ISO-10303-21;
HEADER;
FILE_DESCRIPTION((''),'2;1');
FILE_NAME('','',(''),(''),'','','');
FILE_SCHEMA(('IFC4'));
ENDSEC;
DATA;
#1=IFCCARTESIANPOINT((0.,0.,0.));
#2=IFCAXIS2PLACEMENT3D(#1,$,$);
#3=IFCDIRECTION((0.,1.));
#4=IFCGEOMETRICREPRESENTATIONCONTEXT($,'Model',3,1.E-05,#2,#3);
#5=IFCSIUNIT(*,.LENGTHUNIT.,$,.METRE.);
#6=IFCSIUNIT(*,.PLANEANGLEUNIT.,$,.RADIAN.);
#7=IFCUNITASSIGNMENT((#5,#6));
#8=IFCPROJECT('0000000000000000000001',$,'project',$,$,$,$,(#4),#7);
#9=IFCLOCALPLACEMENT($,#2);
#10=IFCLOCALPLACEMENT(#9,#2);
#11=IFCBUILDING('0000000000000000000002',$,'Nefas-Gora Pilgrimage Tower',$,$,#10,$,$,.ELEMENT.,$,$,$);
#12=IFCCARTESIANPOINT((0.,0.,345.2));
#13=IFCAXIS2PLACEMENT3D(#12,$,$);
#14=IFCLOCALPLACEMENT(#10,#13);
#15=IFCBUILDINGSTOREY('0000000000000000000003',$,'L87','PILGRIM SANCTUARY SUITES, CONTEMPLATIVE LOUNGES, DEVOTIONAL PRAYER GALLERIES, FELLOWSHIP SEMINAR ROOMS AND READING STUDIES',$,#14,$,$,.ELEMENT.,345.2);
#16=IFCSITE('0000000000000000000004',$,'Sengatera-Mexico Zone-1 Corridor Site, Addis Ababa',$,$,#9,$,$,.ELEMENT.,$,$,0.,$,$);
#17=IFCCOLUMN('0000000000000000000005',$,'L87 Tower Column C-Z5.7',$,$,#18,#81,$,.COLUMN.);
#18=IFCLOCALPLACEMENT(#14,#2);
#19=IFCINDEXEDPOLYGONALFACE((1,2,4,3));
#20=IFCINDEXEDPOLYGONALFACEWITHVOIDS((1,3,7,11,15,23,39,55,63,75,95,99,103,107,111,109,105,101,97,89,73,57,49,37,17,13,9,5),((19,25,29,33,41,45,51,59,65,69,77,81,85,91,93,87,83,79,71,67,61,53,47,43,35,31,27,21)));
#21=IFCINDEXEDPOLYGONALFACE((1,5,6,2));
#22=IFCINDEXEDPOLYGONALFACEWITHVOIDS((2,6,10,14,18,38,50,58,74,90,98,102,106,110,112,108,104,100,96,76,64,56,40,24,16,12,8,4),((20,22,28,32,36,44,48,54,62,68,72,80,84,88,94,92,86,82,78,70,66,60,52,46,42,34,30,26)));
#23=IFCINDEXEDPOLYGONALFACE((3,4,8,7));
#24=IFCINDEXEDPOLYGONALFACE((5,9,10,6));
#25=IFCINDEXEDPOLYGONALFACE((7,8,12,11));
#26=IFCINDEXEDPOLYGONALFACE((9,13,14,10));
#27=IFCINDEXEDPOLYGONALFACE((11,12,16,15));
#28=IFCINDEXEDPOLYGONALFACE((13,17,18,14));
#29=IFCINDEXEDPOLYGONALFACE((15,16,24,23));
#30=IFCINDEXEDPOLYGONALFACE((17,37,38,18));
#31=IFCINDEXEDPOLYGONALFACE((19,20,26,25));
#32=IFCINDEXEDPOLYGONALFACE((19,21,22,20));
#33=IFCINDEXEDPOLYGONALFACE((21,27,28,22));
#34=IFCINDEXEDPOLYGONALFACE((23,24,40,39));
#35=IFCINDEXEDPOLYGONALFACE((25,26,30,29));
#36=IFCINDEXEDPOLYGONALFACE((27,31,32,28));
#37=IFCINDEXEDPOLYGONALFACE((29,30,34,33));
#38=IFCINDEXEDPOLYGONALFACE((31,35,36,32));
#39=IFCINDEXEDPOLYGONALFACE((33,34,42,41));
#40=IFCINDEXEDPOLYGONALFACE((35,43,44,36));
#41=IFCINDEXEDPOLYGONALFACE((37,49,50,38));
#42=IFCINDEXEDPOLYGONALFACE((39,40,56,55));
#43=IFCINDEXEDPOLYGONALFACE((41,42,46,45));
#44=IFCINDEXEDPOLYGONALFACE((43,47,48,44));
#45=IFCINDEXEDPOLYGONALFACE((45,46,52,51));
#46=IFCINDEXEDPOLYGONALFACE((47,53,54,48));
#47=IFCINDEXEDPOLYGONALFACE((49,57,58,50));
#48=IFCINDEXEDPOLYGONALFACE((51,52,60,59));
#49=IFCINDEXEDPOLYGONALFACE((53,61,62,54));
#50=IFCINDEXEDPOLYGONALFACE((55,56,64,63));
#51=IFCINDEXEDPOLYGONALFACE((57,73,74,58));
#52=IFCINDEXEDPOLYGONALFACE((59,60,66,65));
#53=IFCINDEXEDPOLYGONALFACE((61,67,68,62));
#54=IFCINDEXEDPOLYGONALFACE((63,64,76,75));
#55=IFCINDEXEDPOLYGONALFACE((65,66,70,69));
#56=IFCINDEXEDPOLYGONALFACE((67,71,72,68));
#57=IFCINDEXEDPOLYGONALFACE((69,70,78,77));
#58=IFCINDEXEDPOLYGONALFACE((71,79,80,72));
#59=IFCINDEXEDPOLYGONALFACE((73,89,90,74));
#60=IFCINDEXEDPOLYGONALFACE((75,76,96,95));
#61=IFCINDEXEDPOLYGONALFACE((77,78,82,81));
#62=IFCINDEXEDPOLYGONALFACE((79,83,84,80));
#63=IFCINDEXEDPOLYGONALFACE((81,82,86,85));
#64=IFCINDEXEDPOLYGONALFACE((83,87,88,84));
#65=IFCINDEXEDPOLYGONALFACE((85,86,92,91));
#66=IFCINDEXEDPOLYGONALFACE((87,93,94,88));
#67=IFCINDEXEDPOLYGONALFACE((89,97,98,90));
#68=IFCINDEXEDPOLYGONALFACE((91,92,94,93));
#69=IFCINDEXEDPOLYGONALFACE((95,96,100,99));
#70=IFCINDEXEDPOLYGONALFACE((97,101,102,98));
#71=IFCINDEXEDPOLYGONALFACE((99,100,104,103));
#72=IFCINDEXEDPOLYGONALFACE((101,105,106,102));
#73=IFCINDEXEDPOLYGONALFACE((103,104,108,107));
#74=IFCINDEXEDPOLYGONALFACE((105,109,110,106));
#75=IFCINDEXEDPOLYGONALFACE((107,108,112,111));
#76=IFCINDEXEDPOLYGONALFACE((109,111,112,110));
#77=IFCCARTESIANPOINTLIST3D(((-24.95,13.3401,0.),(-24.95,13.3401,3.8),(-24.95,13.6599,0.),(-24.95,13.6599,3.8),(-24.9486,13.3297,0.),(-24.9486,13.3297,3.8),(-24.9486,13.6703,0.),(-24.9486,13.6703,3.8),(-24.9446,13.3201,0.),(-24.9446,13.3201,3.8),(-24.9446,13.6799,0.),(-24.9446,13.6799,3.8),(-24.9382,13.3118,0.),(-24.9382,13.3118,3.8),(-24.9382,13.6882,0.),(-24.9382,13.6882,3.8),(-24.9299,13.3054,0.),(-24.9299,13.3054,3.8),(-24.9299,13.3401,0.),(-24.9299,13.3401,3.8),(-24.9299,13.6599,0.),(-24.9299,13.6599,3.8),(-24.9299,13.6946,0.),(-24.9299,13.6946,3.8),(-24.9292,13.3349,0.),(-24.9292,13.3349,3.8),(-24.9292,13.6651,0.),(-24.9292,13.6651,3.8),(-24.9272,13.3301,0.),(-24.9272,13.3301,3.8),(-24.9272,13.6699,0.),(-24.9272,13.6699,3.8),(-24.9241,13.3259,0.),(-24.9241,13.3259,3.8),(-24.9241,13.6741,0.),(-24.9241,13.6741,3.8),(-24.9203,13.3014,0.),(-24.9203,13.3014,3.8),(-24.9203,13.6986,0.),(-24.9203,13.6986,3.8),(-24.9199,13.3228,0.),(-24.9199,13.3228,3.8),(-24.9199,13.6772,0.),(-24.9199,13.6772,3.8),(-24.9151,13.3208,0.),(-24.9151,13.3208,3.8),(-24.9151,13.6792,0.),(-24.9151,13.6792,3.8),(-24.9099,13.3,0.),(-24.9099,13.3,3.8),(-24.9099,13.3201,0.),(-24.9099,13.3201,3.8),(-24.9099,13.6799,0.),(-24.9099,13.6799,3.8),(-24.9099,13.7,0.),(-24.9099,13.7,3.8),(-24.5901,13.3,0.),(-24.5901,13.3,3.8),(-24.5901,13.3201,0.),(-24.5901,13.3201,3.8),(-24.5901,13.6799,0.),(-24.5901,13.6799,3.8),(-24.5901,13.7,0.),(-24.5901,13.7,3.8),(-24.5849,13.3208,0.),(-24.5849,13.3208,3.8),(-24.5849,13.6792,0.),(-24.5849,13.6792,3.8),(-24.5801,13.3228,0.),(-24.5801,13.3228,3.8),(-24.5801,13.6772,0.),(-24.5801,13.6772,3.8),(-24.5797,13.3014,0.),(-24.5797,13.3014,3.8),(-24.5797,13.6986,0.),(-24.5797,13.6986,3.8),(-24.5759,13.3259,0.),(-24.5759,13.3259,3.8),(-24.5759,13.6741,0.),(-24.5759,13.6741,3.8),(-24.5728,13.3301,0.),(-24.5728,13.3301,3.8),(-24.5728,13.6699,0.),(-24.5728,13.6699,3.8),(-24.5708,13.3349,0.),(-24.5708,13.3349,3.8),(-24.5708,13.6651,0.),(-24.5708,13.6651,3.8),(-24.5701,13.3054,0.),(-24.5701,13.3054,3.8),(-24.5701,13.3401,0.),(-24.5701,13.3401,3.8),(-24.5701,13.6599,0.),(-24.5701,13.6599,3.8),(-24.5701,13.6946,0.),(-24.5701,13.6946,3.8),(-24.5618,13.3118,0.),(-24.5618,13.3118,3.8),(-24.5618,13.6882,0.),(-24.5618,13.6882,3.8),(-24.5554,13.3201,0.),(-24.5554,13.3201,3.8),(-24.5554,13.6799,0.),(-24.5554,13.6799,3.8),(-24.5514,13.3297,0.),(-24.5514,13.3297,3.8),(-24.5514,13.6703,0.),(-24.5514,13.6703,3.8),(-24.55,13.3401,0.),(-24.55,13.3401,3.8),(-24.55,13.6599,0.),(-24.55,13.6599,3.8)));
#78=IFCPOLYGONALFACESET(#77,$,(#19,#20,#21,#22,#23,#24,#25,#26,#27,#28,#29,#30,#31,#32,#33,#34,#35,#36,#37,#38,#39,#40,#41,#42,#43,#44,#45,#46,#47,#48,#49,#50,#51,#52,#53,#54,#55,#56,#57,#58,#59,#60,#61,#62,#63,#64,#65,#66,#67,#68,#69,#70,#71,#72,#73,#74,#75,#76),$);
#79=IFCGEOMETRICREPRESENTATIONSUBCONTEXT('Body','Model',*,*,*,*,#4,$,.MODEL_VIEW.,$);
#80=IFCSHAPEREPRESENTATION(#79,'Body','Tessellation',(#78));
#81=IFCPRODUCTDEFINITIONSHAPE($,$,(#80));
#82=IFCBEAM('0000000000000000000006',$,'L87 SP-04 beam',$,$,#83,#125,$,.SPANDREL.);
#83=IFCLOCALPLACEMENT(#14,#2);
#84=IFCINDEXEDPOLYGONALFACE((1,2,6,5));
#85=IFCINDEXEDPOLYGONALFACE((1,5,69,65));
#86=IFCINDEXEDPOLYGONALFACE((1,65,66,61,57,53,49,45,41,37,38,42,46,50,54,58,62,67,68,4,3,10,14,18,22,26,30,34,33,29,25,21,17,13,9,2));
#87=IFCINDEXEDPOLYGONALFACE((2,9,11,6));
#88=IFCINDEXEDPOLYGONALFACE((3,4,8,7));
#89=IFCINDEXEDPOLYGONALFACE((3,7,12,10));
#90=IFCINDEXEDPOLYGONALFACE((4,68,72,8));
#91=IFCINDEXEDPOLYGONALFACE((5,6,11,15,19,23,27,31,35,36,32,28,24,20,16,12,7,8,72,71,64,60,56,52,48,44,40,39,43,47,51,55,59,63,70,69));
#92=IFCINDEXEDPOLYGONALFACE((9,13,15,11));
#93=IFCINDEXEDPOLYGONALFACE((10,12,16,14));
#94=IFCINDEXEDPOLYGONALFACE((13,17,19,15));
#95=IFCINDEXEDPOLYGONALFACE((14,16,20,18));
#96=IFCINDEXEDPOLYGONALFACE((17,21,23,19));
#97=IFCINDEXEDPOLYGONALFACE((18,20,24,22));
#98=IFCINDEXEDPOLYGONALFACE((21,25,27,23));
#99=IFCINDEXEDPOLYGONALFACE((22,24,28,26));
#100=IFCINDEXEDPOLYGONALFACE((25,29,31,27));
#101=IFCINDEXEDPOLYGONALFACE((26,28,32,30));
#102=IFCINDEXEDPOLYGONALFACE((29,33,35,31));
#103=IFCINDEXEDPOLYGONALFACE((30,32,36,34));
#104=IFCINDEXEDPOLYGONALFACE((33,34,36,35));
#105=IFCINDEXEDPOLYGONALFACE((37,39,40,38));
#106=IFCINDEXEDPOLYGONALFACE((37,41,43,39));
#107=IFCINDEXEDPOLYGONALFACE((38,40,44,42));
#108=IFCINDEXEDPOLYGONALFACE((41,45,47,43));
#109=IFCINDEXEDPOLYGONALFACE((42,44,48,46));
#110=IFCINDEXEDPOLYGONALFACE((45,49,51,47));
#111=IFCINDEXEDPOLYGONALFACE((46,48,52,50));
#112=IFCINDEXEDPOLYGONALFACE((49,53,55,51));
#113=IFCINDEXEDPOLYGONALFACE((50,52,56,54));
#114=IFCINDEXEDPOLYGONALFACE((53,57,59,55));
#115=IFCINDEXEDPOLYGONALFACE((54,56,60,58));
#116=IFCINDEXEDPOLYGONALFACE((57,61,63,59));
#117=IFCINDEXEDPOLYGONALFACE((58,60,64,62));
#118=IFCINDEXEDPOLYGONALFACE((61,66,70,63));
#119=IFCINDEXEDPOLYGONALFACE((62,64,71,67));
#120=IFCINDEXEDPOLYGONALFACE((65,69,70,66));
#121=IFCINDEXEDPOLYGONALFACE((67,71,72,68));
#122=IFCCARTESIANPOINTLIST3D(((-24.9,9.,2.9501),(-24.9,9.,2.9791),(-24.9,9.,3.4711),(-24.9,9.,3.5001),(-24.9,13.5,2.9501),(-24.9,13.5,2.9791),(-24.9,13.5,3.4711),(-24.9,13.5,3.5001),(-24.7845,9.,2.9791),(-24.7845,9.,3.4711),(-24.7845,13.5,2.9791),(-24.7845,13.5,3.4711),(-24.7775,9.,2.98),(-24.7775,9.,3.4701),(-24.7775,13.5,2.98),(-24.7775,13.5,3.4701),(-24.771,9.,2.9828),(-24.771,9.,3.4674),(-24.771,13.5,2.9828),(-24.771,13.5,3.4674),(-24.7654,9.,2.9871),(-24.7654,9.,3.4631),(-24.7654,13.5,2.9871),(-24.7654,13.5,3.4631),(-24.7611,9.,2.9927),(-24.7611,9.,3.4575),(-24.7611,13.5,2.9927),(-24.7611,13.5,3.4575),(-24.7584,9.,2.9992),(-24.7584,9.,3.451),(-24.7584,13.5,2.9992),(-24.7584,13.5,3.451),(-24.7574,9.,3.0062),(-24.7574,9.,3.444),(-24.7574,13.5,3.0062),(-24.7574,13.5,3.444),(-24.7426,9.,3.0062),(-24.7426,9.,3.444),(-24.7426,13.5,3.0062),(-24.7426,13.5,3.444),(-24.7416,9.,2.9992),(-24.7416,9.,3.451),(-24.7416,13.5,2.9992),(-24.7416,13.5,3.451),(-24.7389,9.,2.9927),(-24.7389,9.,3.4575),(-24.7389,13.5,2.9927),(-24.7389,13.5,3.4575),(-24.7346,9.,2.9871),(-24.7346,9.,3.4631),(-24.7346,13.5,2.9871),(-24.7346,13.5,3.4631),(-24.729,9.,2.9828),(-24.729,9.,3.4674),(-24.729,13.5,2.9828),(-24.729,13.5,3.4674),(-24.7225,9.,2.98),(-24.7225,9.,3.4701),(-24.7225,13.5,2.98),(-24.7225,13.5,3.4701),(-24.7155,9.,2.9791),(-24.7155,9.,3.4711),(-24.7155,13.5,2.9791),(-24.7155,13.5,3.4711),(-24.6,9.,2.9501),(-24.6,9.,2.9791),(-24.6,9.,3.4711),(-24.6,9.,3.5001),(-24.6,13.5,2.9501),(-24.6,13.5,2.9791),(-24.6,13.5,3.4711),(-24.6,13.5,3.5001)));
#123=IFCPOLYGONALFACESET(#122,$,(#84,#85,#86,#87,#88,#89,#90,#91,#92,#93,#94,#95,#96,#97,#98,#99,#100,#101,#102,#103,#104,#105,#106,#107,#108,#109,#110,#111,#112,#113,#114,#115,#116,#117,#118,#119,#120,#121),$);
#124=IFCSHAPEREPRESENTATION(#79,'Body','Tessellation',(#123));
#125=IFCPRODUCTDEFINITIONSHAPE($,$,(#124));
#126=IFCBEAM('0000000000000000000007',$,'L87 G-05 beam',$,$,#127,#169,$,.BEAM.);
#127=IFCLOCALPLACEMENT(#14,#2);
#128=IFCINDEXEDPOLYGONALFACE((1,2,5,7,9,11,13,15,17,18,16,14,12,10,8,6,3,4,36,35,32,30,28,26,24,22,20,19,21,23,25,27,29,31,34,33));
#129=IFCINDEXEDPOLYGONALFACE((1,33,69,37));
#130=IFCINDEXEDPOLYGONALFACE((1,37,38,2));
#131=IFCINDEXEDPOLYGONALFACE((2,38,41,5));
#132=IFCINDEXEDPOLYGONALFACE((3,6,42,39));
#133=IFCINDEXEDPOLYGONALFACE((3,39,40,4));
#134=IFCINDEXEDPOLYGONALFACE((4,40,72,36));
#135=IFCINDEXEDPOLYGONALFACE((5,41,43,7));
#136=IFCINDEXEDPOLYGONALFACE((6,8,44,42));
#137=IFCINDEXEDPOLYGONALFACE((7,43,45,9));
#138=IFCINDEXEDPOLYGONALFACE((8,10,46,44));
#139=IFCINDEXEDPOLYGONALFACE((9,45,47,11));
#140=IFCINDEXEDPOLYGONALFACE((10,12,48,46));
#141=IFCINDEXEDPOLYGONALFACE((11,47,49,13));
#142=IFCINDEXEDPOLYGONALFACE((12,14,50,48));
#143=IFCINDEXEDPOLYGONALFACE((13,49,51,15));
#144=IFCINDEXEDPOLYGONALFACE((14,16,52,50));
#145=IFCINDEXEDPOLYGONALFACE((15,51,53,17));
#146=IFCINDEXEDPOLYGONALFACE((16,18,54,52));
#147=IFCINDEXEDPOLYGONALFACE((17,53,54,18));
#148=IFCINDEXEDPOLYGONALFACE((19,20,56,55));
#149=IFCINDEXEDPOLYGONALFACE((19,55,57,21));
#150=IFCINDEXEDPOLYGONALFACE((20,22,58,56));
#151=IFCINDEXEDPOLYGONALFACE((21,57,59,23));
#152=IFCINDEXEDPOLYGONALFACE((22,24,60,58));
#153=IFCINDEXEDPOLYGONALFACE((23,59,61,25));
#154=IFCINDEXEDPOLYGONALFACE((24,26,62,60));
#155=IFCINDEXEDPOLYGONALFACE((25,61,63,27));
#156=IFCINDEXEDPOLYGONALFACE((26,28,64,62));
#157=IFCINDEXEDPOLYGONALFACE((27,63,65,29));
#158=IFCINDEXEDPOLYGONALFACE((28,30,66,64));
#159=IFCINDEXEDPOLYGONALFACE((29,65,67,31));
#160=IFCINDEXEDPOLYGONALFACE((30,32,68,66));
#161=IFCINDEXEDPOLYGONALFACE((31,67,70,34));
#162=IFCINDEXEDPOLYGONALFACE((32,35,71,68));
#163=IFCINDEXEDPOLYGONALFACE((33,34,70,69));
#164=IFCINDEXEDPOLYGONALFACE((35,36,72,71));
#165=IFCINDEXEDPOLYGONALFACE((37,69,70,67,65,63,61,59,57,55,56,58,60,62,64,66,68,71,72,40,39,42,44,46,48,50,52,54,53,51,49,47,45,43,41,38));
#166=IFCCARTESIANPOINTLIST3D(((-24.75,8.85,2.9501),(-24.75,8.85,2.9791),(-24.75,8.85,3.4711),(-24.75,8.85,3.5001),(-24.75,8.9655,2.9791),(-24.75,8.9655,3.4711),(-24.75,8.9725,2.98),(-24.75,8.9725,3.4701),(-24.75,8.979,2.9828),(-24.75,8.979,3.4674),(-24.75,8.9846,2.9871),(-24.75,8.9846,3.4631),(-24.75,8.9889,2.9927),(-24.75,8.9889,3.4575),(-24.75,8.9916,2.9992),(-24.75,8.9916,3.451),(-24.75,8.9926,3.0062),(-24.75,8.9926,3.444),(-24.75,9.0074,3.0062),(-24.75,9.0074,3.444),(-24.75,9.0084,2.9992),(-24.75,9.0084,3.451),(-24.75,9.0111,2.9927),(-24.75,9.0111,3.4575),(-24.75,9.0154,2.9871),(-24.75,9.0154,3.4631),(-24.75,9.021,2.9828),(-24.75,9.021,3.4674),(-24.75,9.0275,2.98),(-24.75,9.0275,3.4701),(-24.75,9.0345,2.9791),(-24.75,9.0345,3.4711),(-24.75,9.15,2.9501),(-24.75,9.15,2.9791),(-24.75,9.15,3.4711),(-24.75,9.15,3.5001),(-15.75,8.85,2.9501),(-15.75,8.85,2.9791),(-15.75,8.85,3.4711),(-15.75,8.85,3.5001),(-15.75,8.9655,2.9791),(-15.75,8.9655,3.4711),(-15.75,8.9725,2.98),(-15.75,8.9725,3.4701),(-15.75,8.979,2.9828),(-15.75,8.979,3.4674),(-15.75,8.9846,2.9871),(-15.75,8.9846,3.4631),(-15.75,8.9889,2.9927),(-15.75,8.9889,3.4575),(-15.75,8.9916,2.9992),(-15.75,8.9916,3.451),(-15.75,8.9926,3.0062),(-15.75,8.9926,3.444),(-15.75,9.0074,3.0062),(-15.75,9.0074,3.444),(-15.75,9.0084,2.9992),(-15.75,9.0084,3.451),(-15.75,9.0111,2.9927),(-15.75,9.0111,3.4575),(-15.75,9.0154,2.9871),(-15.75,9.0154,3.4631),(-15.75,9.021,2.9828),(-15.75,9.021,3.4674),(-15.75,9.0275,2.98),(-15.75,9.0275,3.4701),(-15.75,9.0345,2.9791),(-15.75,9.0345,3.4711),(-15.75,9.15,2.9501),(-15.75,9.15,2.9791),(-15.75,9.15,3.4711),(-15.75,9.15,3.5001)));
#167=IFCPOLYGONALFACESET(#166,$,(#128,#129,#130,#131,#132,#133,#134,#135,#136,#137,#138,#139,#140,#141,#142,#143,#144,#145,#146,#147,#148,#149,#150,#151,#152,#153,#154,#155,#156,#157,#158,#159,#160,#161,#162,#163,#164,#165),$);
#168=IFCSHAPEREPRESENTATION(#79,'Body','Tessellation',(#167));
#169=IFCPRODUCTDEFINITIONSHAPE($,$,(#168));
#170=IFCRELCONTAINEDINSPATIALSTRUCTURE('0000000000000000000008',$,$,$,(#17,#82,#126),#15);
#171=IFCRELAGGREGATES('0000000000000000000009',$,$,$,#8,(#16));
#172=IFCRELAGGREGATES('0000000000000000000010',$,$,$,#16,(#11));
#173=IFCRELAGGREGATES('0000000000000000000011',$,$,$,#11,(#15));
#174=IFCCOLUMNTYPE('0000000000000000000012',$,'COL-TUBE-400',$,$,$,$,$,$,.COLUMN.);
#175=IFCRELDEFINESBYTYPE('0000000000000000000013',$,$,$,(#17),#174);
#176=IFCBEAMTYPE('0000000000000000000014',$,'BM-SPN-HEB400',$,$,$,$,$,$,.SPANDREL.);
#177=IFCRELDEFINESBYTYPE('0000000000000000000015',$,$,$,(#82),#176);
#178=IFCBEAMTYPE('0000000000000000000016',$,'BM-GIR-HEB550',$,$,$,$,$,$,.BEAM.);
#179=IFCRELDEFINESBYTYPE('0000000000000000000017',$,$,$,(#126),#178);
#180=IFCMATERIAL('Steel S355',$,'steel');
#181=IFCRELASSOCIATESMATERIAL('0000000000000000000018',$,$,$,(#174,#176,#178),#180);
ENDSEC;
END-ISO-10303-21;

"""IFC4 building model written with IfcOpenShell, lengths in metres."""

from ifc_helpers import new_model, si_unit, direction, frame, origin, origin_2d, place, context, subcontext, project, spatial, hollow_rectangle, i_section, extrude, source, transform, mapped, material, material_profile, profile_set, type_object, element, save


model = new_model("IFC4")

# Units and contexts
model_context = context("Model", 3, precision=1e-05, world=origin(), true_north=direction((0.0, 1.0)))
body_context = subcontext(model_context, "Body", "Model", "MODEL_VIEW")
ifc_project = project(units=[si_unit("LENGTHUNIT", "METRE"), si_unit("PLANEANGLEUNIT", "RADIAN")], contexts=[model_context])

# Site, building, storey
site_placement = place(None, origin())
site = spatial("IfcSite", under=ifc_project, at=site_placement, Name="Sengatera-Mexico Zone-1 Corridor Site, Addis Ababa", CompositionType="ELEMENT", RefElevation=0.0)
building_placement = place(site_placement, origin())
building = spatial("IfcBuilding", under=site, at=building_placement, Name="Nefas-Gora Pilgrimage Tower", CompositionType="ELEMENT")
storey_placement = place(building_placement, frame((0.0, 0.0, 345.2)))
storey = spatial("IfcBuildingStorey", under=building, at=storey_placement, Name="L87", Description="PILGRIM SANCTUARY SUITES, CONTEMPLATIVE LOUNGES, DEVOTIONAL PRAYER GALLERIES, FELLOWSHIP SEMINAR ROOMS AND READING STUDIES", CompositionType="ELEMENT", Elevation=345.2)

# Column
ifc_material_1 = material(Name="Steel S355", Category="steel")
ifc_material_profile_1 = material_profile(ifc_material_1, hollow_rectangle(XDim=0.3999, YDim=0.3999, WallThickness=0.02, InnerFilletRadius=0.02, OuterFilletRadius=0.04, at=origin_2d()), Name="SHS 400x400x20")
ifc_profile_set_1 = profile_set([ifc_material_profile_1], Name="Steel S355")
column_type_1 = type_object("IfcColumnType", Name="COL-TUBE-400", PredefinedType="COLUMN", material=ifc_profile_set_1)
shared_shape_1 = source(origin(), body_context, "Body", "SweptSolid", [
    extrude(hollow_rectangle(XDim=0.3999, YDim=0.3999, WallThickness=0.02, InnerFilletRadius=0.02, OuterFilletRadius=0.04, at=origin_2d()), origin(), (0.0, 0.0, 1.0), 3.8),
])
for number, where, z_axis, x_axis, name in (
    (1, (-24.75, 13.5, 0.0), (0.0, 0.0, 1.0), (1.0, 0.0, 0.0), "L87 Tower Column C-Z5.7"),
):
    element("IfcColumn", number, at=place(storey_placement, frame(where, z_axis=z_axis, x_axis=x_axis)), inside=storey, type_object=column_type_1, Name=name, PredefinedType="COLUMN", context=body_context, shape_type="MappedRepresentation", body=[
        mapped(shared_shape_1, transform((0.0, 0.0, 0.0), x_axis=(1.0, 0.0, 0.0), y_axis=(0.0, 1.0, 0.0), z_axis=(0.0, 0.0, 1.0), scale=1.0)),
    ])

# Beams
ifc_material_profile_2 = material_profile(ifc_material_1, i_section(OverallWidth=0.3, OverallDepth=0.55, WebThickness=0.0149, FlangeThickness=0.0291, FilletRadius=0.0271, at=origin_2d()), Name="HEB 550")
ifc_profile_set_2 = profile_set([ifc_material_profile_2], Name="Steel S355")
beam_type_1 = type_object("IfcBeamType", Name="BM-SPN-HEB400", PredefinedType="SPANDREL", material=ifc_profile_set_2)
shared_shape_2 = source(origin(), body_context, "Body", "SweptSolid", [
    extrude(i_section(OverallWidth=0.3, OverallDepth=0.55, WebThickness=0.0149, FlangeThickness=0.0291, FilletRadius=0.0271, at=origin_2d()), origin(), (0.0, 0.0, 1.0), 4.5),
])
beam_placement = place(storey_placement, frame((-24.75, 9.0, 3.2251), z_axis=(0.0, 1.0, 0.0), x_axis=(-1.0, 0.0, 0.0)))
element("IfcBeam", 2, at=beam_placement, inside=storey, type_object=beam_type_1, Name="L87 SP-04 beam", PredefinedType="SPANDREL", context=body_context, shape_type="MappedRepresentation", body=[
    mapped(shared_shape_2, transform((0.0, 0.0, 0.0), x_axis=(1.0, 0.0, 0.0), y_axis=(0.0, 1.0, 0.0), z_axis=(0.0, 0.0, 1.0), scale=1.0)),
])
ifc_material_profile_3 = material_profile(ifc_material_1, i_section(OverallWidth=0.3, OverallDepth=0.55, WebThickness=0.0149, FlangeThickness=0.0291, FilletRadius=0.0271, at=origin_2d()), Name="HEB 550")
ifc_profile_set_3 = profile_set([ifc_material_profile_3], Name="Steel S355")
beam_type_2 = type_object("IfcBeamType", Name="BM-GIR-HEB550", PredefinedType="BEAM", material=ifc_profile_set_3)
shared_shape_3 = source(origin(), body_context, "Body", "SweptSolid", [
    extrude(i_section(OverallWidth=0.3, OverallDepth=0.55, WebThickness=0.0149, FlangeThickness=0.0291, FilletRadius=0.0271, at=origin_2d()), origin(), (0.0, 0.0, 1.0), 9.0),
])
for number, where, z_axis, x_axis, name in (
    (3, (-24.75, 9.0, 3.2251), (1.0, 0.0, 0.0), (0.0, 1.0, 0.0), "L87 G-05 beam"),
):
    element("IfcBeam", number, at=place(storey_placement, frame(where, z_axis=z_axis, x_axis=x_axis)), inside=storey, type_object=beam_type_2, Name=name, PredefinedType="BEAM", context=body_context, shape_type="MappedRepresentation", body=[
        mapped(shared_shape_3, transform((0.0, 0.0, 0.0), x_axis=(1.0, 0.0, 0.0), y_axis=(0.0, 1.0, 0.0), z_axis=(0.0, 0.0, 1.0), scale=1.0)),
    ])

save(model, "model.ifc")
